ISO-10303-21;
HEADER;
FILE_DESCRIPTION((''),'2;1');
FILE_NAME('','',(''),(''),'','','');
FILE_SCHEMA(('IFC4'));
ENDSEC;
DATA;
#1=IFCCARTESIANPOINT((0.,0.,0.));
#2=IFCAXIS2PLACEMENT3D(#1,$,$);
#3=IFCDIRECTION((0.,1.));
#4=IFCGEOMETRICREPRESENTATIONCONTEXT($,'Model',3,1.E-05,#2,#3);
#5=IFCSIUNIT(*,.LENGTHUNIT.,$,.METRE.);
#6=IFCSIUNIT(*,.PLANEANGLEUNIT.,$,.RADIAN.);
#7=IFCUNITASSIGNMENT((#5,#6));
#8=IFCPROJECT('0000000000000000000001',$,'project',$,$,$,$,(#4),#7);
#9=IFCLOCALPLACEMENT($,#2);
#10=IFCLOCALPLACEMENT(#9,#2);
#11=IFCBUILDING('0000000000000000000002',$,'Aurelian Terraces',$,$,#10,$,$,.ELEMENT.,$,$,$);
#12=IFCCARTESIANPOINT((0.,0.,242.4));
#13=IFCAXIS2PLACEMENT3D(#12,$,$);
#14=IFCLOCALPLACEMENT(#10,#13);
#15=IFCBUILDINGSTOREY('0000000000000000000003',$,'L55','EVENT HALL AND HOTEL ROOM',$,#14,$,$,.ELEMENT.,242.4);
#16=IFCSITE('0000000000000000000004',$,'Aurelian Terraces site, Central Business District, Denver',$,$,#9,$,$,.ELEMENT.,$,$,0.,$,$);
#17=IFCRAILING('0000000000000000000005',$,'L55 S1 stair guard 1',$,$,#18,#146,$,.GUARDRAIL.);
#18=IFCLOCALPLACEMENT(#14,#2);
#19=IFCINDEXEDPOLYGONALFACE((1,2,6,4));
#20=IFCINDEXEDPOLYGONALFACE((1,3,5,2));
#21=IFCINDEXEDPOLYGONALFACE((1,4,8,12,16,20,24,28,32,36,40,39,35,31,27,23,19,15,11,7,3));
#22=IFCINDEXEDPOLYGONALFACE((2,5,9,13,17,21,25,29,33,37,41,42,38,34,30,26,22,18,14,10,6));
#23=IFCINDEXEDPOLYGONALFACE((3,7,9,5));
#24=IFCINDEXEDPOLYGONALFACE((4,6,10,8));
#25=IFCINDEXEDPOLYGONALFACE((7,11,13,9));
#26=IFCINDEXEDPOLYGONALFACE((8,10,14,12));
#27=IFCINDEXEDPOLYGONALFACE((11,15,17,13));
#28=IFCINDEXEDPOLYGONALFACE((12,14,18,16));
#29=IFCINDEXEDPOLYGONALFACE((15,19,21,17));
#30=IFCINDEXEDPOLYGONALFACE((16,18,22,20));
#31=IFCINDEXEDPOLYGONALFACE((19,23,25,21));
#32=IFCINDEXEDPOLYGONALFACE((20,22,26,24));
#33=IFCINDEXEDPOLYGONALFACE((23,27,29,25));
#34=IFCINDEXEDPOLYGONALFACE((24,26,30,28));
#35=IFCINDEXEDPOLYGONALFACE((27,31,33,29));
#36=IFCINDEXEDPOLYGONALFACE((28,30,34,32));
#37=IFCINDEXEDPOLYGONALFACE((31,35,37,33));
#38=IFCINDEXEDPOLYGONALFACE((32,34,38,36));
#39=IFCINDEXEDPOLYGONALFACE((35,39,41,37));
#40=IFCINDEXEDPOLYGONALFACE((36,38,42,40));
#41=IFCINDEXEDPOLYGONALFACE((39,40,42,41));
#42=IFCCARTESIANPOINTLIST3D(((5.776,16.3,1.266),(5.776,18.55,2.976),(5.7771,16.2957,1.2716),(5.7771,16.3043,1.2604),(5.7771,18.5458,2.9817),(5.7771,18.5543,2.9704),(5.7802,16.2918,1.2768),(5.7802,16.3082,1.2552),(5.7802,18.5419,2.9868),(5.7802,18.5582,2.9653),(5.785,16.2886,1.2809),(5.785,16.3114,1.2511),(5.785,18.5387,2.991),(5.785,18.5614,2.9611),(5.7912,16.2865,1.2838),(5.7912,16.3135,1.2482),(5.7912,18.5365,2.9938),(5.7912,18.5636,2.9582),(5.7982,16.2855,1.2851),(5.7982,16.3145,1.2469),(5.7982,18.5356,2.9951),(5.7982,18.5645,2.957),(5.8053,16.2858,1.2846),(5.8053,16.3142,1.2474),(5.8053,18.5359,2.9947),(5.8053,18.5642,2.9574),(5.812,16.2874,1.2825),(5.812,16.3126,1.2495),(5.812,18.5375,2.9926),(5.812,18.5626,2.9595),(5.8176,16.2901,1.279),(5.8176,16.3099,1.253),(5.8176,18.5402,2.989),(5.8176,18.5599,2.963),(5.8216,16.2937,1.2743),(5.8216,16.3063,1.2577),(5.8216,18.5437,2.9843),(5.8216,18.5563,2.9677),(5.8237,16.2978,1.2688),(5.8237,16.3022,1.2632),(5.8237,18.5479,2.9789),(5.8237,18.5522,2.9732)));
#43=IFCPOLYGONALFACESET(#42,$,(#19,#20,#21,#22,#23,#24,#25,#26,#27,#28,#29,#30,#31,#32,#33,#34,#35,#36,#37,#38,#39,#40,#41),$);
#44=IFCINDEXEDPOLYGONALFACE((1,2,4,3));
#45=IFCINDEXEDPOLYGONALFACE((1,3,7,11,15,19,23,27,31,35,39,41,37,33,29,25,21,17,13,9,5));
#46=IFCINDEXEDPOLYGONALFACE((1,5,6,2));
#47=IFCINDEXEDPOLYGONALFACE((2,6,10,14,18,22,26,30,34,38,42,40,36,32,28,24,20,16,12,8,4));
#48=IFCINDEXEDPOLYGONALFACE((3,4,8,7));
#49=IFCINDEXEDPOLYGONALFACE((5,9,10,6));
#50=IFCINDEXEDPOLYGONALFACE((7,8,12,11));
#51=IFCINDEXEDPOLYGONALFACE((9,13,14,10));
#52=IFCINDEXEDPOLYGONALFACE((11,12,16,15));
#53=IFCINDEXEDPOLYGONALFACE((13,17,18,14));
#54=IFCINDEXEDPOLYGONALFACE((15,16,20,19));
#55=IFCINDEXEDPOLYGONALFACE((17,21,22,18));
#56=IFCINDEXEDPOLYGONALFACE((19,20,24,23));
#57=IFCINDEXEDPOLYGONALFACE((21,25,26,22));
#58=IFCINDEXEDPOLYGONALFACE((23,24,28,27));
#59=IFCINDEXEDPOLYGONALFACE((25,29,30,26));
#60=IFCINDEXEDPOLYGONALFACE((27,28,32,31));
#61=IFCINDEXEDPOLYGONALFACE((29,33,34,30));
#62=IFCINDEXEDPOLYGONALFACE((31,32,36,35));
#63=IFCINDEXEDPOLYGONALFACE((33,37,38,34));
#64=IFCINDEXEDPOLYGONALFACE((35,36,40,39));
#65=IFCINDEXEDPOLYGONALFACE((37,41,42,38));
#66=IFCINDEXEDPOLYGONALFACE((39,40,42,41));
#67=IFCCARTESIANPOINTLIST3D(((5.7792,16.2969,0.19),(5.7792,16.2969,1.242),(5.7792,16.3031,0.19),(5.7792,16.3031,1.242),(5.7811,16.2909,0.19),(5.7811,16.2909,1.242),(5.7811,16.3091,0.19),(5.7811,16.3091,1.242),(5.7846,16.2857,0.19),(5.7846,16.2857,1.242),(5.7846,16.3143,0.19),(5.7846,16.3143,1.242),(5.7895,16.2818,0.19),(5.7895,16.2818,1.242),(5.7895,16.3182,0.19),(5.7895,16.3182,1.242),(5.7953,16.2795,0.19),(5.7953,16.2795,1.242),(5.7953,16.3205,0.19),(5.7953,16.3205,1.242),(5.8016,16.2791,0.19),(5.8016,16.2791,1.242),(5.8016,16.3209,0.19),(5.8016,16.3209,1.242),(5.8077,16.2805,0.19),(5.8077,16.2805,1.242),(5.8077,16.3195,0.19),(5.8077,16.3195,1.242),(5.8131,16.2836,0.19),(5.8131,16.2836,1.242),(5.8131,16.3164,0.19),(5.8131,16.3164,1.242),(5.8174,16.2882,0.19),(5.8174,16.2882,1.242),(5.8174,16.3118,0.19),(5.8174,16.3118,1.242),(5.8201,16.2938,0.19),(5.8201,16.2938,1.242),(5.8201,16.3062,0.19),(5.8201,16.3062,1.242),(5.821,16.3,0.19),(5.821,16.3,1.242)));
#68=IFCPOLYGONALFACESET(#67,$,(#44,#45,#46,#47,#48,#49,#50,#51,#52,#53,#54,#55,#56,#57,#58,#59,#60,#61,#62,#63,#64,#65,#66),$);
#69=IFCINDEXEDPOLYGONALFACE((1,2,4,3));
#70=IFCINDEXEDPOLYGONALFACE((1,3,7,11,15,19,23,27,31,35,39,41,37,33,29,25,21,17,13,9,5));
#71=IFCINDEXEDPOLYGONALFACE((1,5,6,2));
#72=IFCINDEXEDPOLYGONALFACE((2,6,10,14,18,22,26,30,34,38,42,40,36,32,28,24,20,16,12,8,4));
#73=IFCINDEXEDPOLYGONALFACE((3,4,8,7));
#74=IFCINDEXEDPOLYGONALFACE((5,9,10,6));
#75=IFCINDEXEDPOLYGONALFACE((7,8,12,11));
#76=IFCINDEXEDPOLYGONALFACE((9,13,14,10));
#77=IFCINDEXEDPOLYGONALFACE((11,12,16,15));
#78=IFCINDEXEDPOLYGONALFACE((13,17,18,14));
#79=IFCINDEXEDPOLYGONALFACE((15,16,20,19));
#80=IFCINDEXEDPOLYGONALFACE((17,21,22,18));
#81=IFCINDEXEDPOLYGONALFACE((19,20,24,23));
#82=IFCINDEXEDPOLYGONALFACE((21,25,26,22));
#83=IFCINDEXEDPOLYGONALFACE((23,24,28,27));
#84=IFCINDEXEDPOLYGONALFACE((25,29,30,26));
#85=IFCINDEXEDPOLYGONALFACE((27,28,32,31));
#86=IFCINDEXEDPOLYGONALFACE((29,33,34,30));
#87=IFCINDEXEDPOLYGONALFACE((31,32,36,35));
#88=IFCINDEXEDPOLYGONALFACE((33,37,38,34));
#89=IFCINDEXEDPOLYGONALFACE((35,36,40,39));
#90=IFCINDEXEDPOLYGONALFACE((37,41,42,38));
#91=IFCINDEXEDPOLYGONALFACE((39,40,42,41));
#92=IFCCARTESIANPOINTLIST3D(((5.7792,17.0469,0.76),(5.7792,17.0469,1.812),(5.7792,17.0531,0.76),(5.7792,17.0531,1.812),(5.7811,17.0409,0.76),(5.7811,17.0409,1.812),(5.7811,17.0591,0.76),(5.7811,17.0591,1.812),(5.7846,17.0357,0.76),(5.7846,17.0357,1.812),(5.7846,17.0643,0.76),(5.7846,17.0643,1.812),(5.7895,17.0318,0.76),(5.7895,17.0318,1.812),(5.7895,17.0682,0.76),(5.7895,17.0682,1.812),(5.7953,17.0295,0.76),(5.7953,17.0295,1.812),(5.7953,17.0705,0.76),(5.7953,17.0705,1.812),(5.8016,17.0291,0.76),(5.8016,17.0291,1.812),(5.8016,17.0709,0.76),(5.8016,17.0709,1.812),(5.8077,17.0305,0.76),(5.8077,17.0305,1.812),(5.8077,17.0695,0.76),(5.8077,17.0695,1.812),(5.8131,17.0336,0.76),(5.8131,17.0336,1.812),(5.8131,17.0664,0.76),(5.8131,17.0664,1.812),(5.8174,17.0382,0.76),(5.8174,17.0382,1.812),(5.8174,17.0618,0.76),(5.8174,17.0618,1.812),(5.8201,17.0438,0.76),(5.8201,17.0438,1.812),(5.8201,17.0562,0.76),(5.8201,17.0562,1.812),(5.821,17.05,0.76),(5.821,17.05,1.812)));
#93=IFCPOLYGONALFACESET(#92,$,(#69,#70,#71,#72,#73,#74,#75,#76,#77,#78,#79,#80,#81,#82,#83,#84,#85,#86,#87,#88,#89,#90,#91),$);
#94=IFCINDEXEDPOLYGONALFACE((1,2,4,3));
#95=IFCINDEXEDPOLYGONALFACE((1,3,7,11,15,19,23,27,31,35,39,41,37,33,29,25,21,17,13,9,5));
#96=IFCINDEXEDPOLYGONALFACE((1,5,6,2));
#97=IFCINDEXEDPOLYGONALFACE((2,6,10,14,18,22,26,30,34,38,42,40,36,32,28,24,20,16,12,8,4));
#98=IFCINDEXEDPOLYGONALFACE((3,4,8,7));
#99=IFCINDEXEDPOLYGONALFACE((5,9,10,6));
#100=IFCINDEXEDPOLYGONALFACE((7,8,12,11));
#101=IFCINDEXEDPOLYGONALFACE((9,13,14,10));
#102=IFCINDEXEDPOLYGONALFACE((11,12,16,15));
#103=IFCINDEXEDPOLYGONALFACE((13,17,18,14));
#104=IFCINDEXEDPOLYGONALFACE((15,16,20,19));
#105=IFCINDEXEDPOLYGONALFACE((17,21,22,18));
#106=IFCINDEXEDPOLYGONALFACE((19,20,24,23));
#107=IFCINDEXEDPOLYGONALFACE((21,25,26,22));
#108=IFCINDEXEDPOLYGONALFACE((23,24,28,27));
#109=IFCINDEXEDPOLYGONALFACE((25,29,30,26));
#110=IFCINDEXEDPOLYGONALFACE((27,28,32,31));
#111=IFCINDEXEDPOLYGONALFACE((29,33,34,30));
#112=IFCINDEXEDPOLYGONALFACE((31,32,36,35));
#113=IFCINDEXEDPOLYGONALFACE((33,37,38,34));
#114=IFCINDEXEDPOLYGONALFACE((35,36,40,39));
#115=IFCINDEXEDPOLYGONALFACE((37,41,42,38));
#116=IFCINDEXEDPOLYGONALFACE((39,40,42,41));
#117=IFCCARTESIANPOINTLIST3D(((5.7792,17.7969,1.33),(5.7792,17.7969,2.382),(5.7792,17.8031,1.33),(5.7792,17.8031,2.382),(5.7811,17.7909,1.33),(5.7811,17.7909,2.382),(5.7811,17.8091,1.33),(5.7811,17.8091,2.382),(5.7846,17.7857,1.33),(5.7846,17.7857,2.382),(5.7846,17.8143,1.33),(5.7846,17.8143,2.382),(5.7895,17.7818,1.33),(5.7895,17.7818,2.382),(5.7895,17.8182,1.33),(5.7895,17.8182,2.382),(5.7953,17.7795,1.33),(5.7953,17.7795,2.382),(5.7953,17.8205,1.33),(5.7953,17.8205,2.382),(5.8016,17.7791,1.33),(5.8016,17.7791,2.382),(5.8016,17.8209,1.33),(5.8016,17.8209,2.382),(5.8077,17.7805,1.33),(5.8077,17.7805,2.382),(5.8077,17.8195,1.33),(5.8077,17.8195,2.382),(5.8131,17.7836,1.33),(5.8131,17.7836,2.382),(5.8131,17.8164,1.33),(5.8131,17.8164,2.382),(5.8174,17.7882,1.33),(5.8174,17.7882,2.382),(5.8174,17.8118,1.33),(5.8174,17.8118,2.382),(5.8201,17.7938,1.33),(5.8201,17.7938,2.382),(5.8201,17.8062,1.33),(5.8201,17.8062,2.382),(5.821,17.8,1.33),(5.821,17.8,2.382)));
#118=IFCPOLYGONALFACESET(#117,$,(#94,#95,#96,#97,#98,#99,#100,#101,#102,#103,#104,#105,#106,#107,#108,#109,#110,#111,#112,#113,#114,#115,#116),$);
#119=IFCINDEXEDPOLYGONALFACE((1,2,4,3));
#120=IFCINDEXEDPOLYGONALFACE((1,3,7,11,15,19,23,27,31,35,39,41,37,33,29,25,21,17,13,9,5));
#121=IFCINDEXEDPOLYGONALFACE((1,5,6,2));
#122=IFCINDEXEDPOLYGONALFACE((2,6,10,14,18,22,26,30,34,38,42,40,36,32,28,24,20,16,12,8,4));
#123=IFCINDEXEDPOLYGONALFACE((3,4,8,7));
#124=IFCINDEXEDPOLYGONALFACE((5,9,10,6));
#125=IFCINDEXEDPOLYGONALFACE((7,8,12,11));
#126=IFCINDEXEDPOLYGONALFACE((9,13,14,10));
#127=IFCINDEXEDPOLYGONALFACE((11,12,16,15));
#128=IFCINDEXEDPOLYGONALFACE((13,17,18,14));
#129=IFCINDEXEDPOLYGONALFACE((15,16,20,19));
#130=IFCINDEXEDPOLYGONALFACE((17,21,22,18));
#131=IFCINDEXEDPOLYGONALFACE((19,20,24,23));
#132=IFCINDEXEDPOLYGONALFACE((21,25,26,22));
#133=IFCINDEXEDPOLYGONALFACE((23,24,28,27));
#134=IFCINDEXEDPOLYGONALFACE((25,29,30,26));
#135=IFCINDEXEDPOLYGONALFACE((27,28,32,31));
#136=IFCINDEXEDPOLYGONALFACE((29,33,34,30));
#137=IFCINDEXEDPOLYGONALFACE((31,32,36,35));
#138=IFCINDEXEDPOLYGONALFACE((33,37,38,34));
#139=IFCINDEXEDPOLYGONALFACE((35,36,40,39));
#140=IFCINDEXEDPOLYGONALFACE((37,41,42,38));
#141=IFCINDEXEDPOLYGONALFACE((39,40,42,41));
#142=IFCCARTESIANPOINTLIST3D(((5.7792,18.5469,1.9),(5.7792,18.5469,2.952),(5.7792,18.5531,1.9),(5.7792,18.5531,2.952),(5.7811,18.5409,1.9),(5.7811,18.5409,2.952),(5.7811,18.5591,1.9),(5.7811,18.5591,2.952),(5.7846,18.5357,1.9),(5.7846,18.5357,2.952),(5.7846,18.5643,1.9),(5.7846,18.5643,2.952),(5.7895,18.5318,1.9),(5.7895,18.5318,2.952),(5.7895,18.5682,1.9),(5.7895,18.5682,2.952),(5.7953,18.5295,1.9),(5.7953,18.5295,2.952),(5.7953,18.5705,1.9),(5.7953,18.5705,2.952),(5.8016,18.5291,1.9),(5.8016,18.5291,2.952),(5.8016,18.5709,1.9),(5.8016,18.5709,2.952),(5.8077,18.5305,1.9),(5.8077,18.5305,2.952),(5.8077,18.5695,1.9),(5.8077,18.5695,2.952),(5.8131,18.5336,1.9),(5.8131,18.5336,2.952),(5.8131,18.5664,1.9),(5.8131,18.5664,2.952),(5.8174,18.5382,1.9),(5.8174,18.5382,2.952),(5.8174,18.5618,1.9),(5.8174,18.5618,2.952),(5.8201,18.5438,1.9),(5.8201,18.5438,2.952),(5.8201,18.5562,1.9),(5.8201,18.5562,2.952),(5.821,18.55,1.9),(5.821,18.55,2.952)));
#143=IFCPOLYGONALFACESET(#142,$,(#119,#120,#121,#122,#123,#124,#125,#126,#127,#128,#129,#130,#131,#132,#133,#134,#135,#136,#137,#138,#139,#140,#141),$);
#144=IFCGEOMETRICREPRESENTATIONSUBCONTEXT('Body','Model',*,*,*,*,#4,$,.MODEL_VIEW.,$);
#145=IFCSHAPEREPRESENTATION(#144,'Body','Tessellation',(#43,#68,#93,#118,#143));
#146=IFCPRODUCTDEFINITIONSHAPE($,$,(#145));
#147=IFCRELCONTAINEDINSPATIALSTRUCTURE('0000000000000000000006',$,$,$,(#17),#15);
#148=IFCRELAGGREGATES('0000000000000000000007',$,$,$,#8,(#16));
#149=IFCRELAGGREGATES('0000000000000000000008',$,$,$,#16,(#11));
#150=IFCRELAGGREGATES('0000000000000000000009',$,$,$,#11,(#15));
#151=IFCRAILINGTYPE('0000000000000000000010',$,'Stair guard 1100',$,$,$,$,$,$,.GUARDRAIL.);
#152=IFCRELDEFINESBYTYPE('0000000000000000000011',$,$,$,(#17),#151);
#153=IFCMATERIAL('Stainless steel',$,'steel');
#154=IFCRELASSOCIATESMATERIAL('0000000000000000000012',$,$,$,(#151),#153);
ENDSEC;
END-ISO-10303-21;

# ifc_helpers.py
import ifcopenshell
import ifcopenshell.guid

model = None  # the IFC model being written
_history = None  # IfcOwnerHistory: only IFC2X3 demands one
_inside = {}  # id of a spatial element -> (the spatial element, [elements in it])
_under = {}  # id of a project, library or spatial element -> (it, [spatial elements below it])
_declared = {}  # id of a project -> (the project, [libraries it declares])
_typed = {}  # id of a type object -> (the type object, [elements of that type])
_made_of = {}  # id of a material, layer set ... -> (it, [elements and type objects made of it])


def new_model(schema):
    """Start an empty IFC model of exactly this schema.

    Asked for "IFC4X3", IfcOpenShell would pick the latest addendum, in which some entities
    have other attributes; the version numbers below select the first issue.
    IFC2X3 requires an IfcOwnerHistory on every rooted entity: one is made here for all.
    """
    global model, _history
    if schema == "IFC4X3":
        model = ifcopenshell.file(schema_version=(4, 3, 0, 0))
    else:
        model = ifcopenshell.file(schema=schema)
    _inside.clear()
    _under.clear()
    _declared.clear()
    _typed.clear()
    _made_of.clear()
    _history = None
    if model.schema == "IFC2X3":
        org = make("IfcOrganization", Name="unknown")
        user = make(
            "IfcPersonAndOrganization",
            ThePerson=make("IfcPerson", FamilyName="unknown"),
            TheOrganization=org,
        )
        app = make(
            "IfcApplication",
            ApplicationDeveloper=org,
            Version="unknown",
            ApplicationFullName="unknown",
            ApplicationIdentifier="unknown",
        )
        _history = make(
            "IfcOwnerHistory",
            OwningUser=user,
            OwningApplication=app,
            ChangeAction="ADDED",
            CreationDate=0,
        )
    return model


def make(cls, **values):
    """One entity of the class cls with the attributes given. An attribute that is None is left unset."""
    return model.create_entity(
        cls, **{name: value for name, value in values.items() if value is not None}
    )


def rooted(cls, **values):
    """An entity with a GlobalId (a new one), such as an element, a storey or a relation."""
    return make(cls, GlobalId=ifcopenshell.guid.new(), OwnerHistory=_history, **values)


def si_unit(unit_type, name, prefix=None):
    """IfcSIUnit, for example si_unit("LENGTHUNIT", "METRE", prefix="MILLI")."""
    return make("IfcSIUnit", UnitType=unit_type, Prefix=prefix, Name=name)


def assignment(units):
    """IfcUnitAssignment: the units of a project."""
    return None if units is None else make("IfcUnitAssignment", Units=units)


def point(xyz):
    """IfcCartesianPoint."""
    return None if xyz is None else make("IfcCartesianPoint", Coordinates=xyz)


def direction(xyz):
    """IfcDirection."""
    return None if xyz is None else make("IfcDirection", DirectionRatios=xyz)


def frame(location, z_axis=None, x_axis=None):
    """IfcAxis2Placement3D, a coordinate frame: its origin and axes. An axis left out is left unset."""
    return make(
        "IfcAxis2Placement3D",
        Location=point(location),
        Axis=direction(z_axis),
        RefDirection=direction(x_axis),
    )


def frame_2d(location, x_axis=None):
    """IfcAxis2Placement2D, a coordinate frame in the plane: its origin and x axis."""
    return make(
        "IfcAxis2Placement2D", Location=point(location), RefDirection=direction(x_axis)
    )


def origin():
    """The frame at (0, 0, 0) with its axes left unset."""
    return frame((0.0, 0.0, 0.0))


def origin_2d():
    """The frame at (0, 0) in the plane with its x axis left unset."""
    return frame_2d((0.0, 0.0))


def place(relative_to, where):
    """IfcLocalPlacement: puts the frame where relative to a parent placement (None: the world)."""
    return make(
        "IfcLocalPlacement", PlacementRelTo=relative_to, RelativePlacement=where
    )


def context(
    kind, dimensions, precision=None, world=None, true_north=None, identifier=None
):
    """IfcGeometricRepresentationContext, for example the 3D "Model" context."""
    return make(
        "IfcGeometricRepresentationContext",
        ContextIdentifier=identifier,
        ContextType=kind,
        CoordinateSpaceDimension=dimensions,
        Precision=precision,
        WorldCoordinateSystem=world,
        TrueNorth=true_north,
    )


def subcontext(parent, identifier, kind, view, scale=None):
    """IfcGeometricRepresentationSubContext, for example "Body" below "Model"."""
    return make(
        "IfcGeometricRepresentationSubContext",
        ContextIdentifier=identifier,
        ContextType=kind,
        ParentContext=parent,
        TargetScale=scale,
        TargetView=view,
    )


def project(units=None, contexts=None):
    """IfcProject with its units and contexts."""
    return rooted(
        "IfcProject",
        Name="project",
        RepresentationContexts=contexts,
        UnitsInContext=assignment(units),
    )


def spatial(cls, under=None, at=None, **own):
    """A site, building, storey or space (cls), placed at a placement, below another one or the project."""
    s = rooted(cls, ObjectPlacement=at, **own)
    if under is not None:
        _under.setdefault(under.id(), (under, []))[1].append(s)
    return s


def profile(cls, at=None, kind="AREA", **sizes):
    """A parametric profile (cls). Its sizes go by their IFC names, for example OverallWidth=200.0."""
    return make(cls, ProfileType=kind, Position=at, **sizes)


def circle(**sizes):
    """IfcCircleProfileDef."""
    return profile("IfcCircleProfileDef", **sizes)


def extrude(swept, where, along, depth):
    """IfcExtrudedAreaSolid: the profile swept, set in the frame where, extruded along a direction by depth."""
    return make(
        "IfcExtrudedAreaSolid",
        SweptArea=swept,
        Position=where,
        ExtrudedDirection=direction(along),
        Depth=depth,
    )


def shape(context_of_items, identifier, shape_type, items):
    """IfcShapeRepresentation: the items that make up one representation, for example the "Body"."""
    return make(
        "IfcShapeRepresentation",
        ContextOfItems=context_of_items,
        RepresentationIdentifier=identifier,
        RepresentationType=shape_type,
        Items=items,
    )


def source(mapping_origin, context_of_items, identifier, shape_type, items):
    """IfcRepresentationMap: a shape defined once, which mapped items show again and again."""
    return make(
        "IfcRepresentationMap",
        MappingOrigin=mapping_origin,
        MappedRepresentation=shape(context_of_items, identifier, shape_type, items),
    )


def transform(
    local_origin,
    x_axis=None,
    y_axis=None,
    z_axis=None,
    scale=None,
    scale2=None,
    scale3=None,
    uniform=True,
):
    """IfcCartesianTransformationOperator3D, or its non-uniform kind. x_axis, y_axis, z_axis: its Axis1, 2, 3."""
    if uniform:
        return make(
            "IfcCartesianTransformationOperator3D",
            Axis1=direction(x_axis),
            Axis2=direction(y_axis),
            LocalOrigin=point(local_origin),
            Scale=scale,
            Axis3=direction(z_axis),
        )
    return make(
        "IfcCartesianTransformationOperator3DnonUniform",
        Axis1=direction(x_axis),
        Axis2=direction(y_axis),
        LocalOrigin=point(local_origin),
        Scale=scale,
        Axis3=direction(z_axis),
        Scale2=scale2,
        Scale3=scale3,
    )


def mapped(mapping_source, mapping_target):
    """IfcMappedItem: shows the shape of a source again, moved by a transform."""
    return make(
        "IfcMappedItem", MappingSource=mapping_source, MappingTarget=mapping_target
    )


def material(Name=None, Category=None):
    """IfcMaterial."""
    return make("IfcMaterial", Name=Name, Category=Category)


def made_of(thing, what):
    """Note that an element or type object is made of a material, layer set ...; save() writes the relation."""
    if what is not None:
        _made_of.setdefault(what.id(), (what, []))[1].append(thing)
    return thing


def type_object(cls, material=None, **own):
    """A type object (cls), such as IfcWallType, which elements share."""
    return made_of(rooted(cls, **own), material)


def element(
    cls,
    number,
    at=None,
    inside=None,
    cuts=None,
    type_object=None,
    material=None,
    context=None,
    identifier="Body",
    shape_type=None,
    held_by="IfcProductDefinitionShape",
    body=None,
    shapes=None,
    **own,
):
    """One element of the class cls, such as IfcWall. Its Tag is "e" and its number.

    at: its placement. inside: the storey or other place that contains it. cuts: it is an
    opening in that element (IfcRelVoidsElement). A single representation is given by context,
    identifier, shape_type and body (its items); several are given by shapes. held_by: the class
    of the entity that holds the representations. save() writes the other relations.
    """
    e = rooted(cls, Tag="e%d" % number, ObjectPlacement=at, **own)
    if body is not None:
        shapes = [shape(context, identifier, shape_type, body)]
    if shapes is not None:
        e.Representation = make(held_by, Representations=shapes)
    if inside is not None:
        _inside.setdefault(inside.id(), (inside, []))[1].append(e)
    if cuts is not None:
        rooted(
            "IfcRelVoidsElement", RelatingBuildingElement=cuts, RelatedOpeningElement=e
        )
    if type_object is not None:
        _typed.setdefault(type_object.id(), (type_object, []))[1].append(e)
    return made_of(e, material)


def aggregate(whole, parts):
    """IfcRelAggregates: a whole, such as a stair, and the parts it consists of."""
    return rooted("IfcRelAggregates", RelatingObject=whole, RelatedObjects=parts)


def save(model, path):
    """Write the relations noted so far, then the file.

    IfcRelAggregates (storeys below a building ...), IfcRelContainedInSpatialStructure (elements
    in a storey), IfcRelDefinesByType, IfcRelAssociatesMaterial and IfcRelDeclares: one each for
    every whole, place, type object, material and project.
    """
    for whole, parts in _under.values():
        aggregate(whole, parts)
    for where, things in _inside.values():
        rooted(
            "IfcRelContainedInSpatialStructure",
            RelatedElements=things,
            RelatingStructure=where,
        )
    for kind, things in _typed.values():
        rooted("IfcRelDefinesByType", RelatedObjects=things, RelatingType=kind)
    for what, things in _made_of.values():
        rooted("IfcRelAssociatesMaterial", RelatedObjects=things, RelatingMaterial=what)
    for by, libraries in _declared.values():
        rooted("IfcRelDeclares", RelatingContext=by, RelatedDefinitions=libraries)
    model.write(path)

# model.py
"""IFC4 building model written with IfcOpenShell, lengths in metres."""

from ifc_helpers import new_model, si_unit, direction, frame, origin, origin_2d, place, context, subcontext, project, spatial, circle, extrude, source, transform, mapped, material, type_object, element, save


model = new_model("IFC4")

# Units and contexts
model_context = context("Model", 3, precision=1e-05, world=origin(), true_north=direction((0.0, 1.0)))
body_context = subcontext(model_context, "Body", "Model", "MODEL_VIEW")
ifc_project = project(units=[si_unit("LENGTHUNIT", "METRE"), si_unit("PLANEANGLEUNIT", "RADIAN")], contexts=[model_context])

# Site, building, storey
site_placement = place(None, origin())
site = spatial("IfcSite", under=ifc_project, at=site_placement, Name="Aurelian Terraces site, Central Business District, Denver", CompositionType="ELEMENT", RefElevation=0.0)
building_placement = place(site_placement, origin())
building = spatial("IfcBuilding", under=site, at=building_placement, Name="Aurelian Terraces", CompositionType="ELEMENT")
storey_placement = place(building_placement, frame((0.0, 0.0, 242.4)))
storey = spatial("IfcBuildingStorey", under=building, at=storey_placement, Name="L55", Description="EVENT HALL AND HOTEL ROOM", CompositionType="ELEMENT", Elevation=242.4)

# Shared definitions
ifc_material_1 = material(Name="Stainless steel", Category="steel")

# Railing
railing_type_1 = type_object("IfcRailingType", Name="Stair guard 1100", PredefinedType="GUARDRAIL", material=ifc_material_1)
shared_shape_1 = source(origin(), body_context, "Body", "SweptSolid", [
    extrude(circle(Radius=0.024, at=origin_2d()), frame((0.0, 0.0, 1.076), z_axis=(0.0, 0.796162, 0.605083), x_axis=(-1.0, 0.0, 0.0)), (0.0, 0.0, 1.0), 2.8261),
    extrude(circle(Radius=0.021, at=origin_2d()), origin(), (0.0, 0.0, 1.0), 1.052),
    extrude(circle(Radius=0.021, at=origin_2d()), frame((0.0, 0.75, 0.57)), (0.0, 0.0, 1.0), 1.052),
    extrude(circle(Radius=0.021, at=origin_2d()), frame((0.0, 1.5, 1.14)), (0.0, 0.0, 1.0), 1.052),
    extrude(circle(Radius=0.021, at=origin_2d()), frame((0.0, 2.25, 1.71)), (0.0, 0.0, 1.0), 1.052),
])
railing_1_placement = place(storey_placement, frame((5.8, 16.3, 0.19)))
element("IfcRailing", 1, at=railing_1_placement, inside=storey, type_object=railing_type_1, Name="L55 S1 stair guard 1", PredefinedType="GUARDRAIL", context=body_context, shape_type="MappedRepresentation", body=[
    mapped(shared_shape_1, transform((0.0, 0.0, 0.0), scale=1.0)),
])

save(model, "model.ifc")
